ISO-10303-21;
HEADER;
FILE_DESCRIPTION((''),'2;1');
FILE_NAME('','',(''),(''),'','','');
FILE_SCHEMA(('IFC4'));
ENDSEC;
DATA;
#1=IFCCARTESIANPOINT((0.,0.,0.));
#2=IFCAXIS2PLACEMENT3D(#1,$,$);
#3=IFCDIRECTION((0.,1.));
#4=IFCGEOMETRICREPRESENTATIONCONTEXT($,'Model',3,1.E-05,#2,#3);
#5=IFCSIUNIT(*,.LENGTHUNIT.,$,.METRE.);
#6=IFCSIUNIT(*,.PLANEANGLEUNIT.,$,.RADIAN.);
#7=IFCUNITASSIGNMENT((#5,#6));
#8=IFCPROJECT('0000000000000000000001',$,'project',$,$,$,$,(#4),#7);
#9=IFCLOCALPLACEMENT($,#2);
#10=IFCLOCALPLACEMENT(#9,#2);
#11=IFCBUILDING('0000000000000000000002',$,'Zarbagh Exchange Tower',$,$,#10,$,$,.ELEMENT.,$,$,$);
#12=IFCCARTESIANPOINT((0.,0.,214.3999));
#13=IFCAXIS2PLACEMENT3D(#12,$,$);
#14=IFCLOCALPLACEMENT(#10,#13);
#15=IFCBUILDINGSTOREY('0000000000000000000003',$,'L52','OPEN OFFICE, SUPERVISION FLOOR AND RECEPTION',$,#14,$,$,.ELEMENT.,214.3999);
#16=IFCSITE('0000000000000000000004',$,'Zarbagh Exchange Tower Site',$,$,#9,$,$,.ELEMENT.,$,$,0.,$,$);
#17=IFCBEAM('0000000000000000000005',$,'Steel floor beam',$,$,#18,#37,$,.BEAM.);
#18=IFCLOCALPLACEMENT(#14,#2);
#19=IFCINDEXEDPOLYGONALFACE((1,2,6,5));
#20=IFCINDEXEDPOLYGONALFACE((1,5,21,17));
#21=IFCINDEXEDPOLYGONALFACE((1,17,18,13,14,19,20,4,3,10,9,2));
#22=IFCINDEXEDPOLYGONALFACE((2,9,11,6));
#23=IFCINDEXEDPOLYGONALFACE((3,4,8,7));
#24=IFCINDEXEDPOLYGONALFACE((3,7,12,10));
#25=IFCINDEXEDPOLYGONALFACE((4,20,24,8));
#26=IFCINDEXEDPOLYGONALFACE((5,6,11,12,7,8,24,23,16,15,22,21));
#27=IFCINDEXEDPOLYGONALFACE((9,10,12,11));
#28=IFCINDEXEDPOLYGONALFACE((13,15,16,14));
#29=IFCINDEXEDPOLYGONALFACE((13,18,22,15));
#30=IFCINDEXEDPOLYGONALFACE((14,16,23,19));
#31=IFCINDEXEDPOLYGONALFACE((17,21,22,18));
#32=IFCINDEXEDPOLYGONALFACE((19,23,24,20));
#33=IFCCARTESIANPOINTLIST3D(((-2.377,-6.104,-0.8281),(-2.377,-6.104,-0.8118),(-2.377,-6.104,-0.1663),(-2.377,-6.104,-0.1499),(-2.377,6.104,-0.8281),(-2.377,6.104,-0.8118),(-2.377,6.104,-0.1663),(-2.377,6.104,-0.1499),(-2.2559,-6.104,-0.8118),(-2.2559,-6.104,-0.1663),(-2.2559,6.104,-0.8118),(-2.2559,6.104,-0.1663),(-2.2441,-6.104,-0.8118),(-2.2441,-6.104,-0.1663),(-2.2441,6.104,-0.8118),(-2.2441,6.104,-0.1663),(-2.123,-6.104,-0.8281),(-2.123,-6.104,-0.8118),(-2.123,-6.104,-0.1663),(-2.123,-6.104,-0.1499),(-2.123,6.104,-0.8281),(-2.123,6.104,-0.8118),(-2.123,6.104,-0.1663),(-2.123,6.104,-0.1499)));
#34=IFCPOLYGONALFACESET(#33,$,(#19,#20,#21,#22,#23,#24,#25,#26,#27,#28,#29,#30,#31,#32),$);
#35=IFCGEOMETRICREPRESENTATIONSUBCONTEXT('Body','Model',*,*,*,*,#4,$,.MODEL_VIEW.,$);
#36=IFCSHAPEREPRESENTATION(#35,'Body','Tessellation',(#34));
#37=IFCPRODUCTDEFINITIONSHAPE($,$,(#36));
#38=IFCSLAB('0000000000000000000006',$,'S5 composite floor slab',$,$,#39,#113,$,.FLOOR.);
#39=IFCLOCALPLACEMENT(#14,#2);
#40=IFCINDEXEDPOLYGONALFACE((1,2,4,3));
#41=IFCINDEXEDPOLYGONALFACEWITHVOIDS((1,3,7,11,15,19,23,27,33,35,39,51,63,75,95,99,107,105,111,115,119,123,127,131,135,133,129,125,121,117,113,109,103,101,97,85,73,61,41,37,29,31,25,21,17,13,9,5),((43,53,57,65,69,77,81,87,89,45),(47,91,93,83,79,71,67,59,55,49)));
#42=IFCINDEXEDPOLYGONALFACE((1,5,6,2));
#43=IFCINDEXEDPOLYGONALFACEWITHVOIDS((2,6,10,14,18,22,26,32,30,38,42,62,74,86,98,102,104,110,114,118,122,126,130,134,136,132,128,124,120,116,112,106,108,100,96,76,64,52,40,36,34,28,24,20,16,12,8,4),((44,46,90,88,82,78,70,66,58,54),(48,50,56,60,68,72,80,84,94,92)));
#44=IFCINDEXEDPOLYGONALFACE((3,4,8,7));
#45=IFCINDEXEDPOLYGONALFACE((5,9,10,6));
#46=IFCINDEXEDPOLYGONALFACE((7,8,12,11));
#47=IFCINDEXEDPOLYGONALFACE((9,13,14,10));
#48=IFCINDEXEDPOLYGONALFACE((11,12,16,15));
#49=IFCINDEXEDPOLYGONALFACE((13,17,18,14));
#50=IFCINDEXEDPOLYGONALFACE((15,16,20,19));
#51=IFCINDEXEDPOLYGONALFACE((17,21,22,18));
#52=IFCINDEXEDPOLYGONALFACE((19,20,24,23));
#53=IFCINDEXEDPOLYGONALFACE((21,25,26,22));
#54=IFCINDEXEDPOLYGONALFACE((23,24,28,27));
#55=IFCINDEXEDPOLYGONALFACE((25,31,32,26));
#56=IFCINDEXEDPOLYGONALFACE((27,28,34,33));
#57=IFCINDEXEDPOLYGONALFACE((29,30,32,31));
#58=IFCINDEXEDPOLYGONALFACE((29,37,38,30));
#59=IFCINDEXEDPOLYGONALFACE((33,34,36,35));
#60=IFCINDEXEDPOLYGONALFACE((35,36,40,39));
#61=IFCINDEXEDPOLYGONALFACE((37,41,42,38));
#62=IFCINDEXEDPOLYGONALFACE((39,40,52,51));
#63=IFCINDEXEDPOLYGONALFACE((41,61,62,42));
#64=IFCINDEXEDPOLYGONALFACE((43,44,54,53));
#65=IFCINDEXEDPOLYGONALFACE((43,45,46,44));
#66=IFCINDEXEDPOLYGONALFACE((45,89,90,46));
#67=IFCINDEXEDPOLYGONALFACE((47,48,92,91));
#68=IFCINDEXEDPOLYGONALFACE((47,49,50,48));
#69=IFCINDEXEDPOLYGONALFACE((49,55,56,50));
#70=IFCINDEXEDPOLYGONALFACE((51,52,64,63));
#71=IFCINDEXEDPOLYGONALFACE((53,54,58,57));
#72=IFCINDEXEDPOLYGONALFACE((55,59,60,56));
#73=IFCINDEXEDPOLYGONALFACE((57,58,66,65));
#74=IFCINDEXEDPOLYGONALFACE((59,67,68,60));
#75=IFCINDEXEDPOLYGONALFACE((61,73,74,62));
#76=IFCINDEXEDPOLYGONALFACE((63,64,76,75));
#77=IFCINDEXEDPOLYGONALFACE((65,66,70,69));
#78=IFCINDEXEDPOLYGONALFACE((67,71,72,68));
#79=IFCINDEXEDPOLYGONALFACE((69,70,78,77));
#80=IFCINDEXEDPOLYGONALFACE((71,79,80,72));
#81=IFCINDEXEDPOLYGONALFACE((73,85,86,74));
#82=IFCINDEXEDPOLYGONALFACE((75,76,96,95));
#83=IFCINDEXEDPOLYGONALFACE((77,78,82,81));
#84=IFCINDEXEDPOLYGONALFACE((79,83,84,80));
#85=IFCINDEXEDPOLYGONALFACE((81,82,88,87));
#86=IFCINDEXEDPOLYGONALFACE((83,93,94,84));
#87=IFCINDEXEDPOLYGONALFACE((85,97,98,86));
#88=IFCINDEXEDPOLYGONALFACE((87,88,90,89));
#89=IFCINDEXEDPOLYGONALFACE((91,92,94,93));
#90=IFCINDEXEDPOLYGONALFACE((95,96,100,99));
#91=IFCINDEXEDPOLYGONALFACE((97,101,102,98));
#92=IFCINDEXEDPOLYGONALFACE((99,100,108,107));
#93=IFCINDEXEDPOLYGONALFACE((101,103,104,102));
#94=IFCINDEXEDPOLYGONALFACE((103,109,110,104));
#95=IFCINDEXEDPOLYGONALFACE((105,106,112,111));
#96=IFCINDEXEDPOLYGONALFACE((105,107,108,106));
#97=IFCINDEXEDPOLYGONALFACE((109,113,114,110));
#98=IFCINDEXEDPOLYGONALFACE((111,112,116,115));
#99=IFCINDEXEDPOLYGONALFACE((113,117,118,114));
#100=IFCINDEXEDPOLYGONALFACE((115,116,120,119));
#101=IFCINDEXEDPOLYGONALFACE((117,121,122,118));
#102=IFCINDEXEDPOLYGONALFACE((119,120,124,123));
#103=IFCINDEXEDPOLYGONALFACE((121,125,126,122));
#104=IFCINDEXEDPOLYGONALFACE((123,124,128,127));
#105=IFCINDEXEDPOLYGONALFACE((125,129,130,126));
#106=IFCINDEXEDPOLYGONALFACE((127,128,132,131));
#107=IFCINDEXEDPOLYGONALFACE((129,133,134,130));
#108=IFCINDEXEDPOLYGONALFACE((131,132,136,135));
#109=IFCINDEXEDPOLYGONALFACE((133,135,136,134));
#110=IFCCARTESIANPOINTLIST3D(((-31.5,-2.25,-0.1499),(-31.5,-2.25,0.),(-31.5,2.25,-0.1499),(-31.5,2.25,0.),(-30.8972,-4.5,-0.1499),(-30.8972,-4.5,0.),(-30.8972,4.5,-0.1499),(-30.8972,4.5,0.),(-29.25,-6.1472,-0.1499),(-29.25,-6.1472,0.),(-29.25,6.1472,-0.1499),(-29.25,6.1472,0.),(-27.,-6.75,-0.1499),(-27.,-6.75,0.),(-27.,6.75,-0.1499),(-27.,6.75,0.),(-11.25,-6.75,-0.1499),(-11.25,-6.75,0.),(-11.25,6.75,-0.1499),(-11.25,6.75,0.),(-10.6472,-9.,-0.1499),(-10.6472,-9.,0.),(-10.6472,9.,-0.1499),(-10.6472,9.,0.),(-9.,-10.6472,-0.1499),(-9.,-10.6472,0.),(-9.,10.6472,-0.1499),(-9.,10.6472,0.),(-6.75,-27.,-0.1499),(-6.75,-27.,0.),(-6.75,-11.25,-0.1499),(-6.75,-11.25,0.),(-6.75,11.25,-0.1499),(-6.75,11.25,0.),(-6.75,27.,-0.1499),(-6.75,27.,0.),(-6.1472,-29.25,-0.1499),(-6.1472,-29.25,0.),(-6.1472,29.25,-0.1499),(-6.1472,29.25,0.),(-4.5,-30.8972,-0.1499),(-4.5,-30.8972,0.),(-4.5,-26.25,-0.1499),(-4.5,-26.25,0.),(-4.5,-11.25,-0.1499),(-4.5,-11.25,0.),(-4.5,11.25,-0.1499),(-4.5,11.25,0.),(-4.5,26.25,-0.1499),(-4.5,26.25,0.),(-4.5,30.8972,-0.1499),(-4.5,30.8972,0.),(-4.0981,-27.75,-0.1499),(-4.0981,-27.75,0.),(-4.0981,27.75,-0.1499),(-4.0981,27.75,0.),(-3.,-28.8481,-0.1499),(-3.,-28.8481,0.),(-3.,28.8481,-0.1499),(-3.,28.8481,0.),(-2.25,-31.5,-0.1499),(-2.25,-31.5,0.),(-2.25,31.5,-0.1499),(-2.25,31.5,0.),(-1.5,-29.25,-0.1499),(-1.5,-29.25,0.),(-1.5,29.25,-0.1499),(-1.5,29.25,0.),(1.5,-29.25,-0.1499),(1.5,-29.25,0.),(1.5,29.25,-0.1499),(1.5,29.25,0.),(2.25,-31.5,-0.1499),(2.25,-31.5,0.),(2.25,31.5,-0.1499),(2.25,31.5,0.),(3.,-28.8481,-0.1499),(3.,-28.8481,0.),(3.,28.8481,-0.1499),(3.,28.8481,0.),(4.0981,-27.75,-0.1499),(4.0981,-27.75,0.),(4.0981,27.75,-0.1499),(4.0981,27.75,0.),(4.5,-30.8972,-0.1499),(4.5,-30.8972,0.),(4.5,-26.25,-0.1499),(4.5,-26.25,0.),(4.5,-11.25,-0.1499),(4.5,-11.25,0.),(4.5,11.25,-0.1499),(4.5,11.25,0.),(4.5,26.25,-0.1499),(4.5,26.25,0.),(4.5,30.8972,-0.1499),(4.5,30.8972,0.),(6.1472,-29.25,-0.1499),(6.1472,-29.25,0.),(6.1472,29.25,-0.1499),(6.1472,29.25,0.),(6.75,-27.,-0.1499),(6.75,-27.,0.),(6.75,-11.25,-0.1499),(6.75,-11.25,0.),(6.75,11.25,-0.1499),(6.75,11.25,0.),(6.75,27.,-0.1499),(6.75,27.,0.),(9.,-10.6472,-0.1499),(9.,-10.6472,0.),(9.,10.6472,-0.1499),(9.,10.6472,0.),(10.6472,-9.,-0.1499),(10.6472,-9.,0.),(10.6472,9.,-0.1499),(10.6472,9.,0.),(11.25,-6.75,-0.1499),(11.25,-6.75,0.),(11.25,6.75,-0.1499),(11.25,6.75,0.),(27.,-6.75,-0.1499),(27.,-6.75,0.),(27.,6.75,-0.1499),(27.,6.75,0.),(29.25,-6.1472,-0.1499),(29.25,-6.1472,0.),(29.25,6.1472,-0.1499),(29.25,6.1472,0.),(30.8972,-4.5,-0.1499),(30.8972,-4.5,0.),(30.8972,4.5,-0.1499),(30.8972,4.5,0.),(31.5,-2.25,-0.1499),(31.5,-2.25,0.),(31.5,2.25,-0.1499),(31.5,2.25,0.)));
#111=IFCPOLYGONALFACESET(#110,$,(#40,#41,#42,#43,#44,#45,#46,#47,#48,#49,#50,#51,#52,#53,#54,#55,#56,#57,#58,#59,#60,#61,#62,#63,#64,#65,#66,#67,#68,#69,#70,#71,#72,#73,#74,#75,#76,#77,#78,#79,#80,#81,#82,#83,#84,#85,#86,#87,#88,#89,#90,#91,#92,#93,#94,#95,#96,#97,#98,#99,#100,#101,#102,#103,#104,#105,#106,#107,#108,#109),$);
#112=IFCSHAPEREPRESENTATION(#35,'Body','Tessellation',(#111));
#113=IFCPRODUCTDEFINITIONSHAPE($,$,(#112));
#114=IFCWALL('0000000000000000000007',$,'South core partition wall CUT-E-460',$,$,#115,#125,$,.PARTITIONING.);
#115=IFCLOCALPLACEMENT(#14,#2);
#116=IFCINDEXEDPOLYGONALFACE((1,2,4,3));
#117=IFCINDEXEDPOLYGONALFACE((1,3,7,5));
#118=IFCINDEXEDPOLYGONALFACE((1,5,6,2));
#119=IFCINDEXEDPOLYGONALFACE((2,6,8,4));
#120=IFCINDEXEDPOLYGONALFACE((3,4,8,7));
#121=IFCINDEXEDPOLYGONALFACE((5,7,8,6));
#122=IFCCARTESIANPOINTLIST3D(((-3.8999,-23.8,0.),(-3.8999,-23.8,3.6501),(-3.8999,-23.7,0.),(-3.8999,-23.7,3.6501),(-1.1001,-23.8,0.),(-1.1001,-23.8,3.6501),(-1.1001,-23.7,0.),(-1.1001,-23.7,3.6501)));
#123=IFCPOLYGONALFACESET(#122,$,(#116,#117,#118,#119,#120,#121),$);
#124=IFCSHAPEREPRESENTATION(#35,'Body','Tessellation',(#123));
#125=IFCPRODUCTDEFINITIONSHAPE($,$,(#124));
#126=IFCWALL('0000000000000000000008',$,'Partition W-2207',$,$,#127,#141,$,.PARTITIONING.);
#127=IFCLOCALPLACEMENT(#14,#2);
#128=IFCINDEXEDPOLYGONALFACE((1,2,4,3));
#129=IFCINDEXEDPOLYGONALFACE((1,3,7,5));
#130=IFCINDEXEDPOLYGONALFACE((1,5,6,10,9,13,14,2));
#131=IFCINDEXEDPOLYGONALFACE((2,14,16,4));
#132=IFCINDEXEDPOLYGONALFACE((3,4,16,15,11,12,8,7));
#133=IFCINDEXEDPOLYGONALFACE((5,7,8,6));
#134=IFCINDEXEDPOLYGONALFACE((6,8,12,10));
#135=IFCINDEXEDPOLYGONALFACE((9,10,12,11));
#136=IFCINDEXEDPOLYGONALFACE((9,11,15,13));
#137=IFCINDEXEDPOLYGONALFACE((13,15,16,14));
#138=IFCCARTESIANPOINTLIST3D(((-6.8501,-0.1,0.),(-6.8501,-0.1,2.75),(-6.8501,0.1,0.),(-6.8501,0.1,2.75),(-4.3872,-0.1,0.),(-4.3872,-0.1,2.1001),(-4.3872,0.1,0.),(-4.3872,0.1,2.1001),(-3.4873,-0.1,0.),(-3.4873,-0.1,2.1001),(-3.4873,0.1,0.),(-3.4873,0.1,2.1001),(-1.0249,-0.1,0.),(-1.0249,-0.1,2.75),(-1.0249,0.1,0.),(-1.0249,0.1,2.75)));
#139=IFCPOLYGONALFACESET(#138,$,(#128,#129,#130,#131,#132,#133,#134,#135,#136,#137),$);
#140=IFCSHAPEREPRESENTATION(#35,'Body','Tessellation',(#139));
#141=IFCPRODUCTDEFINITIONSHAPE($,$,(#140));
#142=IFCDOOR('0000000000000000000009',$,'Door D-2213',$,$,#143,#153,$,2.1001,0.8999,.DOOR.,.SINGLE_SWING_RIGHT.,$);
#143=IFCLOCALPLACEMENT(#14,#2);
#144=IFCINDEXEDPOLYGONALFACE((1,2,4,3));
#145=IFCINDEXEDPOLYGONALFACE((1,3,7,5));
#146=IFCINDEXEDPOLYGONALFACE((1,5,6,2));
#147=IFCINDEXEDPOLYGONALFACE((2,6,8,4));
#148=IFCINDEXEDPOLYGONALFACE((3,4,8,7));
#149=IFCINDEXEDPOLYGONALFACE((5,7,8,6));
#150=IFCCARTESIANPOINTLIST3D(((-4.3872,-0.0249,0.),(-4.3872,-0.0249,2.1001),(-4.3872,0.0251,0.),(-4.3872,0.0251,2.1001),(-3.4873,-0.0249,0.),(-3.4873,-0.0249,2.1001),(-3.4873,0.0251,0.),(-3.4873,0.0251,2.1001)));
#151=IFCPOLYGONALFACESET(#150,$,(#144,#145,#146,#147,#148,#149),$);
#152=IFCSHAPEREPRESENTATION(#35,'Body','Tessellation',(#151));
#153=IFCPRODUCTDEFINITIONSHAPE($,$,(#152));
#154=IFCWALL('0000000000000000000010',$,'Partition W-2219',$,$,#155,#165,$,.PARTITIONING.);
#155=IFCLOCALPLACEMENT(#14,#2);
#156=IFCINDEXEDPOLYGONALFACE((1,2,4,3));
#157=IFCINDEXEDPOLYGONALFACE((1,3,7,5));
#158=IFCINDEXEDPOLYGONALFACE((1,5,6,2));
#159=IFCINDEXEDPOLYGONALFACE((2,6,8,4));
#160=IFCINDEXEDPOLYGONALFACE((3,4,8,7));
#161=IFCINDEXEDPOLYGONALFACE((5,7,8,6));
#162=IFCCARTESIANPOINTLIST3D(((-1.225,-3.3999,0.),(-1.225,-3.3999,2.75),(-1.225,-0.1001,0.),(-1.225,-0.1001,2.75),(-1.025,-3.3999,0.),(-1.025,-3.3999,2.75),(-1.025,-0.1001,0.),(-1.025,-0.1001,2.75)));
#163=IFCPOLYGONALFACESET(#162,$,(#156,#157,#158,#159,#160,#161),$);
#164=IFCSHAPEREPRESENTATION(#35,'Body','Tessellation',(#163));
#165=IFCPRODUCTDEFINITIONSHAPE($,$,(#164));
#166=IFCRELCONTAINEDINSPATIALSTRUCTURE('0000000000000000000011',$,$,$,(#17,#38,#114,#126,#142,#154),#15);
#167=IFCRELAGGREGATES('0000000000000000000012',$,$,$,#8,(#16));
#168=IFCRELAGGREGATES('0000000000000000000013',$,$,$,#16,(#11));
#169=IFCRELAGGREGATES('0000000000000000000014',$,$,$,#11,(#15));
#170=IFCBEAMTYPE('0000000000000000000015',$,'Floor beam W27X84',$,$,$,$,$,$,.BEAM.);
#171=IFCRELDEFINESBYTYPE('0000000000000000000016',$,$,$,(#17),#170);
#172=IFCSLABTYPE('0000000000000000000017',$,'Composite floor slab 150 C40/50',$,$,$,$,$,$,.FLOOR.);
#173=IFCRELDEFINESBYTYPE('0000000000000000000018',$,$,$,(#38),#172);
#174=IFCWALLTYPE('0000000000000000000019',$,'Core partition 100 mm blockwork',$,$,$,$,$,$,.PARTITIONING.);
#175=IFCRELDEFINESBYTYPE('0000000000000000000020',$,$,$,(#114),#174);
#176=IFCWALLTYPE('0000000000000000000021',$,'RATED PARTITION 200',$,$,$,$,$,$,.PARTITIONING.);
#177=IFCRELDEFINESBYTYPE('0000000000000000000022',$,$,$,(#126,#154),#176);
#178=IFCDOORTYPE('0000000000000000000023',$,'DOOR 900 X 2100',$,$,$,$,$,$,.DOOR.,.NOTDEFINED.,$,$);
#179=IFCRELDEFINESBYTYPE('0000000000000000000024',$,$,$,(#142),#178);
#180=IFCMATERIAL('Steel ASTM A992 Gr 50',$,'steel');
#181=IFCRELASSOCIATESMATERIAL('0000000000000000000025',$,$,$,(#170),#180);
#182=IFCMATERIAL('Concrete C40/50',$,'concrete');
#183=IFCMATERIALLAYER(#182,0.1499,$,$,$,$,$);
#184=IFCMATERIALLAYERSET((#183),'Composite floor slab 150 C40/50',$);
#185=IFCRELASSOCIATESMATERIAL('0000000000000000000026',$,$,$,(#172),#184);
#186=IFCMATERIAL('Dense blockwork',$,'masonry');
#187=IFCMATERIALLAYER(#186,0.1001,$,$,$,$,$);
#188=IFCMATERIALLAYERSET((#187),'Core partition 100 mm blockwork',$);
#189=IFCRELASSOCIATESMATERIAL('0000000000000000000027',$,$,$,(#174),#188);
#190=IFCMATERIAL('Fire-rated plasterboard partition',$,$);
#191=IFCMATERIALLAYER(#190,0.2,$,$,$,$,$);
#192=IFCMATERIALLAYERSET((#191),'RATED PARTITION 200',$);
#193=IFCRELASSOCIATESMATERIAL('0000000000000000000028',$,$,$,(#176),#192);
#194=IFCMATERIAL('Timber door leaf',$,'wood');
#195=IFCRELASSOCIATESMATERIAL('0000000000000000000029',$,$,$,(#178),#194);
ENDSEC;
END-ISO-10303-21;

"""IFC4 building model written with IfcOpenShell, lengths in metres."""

from ifc_helpers import new_model, si_unit, direction, frame, frame_2d, origin, origin_2d, place, context, subcontext, project, spatial, polyline, rectangle, i_section, outline, extrude, material, layer, layer_set, material_profile, profile_set, type_object, element, fill, save


model = new_model("IFC4")

# Units and contexts
model_context = context("Model", 3, precision=1e-05, world=origin(), true_north=direction((0.0, 1.0)))
body_context = subcontext(model_context, "Body", "Model", "MODEL_VIEW")
ifc_project = project(units=[si_unit("LENGTHUNIT", "METRE"), si_unit("PLANEANGLEUNIT", "RADIAN")], contexts=[model_context])

# Site, building, storey
site_placement = place(None, origin())
site = spatial("IfcSite", under=ifc_project, at=site_placement, Name="Zarbagh Exchange Tower Site", CompositionType="ELEMENT", RefElevation=0.0)
building_placement = place(site_placement, origin())
building = spatial("IfcBuilding", under=site, at=building_placement, Name="Zarbagh Exchange Tower", CompositionType="ELEMENT")
storey_placement = place(building_placement, frame((0.0, 0.0, 214.3999)))
storey = spatial("IfcBuildingStorey", under=building, at=storey_placement, Name="L52", Description="OPEN OFFICE, SUPERVISION FLOOR AND RECEPTION", CompositionType="ELEMENT", Elevation=214.3999)

# Beam
ifc_material_1 = material(Name="Steel ASTM A992 Gr 50", Category="steel")
ifc_material_profile = material_profile(ifc_material_1, i_section(OverallWidth=0.2539, OverallDepth=0.6782, WebThickness=0.0117, FlangeThickness=0.0164, at=origin_2d()), Name="W27X84")
ifc_profile_set = profile_set([ifc_material_profile], Name="Steel ASTM A992 Gr 50")
beam_type = type_object("IfcBeamType", Name="Floor beam W27X84", PredefinedType="BEAM", material=ifc_profile_set)
beam_placement = place(storey_placement, frame((-2.25, -6.104, -0.489), z_axis=(0.0, 1.0, 0.0), x_axis=(-1.0, 0.0, 0.0)))
element("IfcBeam", 1, at=beam_placement, inside=storey, type_object=beam_type, Name="Steel floor beam", PredefinedType="BEAM", context=body_context, shape_type="SweptSolid", body=[
    extrude(i_section(OverallWidth=0.2539, OverallDepth=0.6782, WebThickness=0.0117, FlangeThickness=0.0164, at=origin_2d()), origin(), (0.0, 0.0, 1.0), 12.208),
])

# Slab
ifc_material_2 = material(Name="Concrete C40/50", Category="concrete")
ifc_layer_1 = layer(ifc_material_2, 0.1499)
ifc_layer_set_1 = layer_set([ifc_layer_1], Name="Composite floor slab 150 C40/50")
slab_type = type_object("IfcSlabType", Name="Composite floor slab 150 C40/50", PredefinedType="FLOOR", material=ifc_layer_set_1)
slab_placement = place(storey_placement, frame((0.0, 0.0, -0.1499)))
element("IfcSlab", 2, at=slab_placement, inside=storey, type_object=slab_type, Name="S5 composite floor slab", PredefinedType="FLOOR", context=body_context, shape_type="SweptSolid", body=[
    extrude(outline(polyline([(-2.25, -31.5), (-4.5, -30.8972), (-6.1472, -29.25), (-6.75, -27.0), (-6.75, -11.25), (-9.0, -10.6472), (-10.6472, -9.0), (-11.25, -6.75), (-27.0, -6.75), (-29.25, -6.1472), (-30.8972, -4.5), (-31.5, -2.25), (-31.5, 2.25), (-30.8972, 4.5), (-29.25, 6.1472), (-27.0, 6.75), (-11.25, 6.75), (-10.6472, 9.0), (-9.0, 10.6472), (-6.75, 11.25), (-6.75, 27.0), (-6.1472, 29.25), (-4.5, 30.8972), (-2.25, 31.5), (2.25, 31.5), (4.5, 30.8972), (6.1472, 29.25), (6.75, 27.0), (6.75, 11.25), (9.0, 10.6472), (10.6472, 9.0), (11.25, 6.75), (27.0, 6.75), (29.25, 6.1472), (30.8972, 4.5), (31.5, 2.25), (31.5, -2.25), (30.8972, -4.5), (29.25, -6.1472), (27.0, -6.75), (11.25, -6.75), (10.6472, -9.0), (9.0, -10.6472), (6.75, -11.25), (6.75, -27.0), (6.1472, -29.25), (4.5, -30.8972), (2.25, -31.5), (-2.25, -31.5)]), holes=[polyline([(4.5, 11.25), (4.5, 26.25), (4.0981, 27.75), (3.0, 28.8481), (1.5, 29.25), (-1.5, 29.25), (-3.0, 28.8481), (-4.0981, 27.75), (-4.5, 26.25), (-4.5, 11.25), (4.5, 11.25)]), polyline([(-1.5, -29.25), (1.5, -29.25), (3.0, -28.8481), (4.0981, -27.75), (4.5, -26.25), (4.5, -11.25), (-4.5, -11.25), (-4.5, -26.25), (-4.0981, -27.75), (-3.0, -28.8481), (-1.5, -29.25)])]), origin(), (0.0, 0.0, 1.0), 0.1499),
])

# Wall
ifc_material_3 = material(Name="Dense blockwork", Category="masonry")
ifc_layer_2 = layer(ifc_material_3, 0.1001)
ifc_layer_set_2 = layer_set([ifc_layer_2], Name="Core partition 100 mm blockwork")
wall_type_1 = type_object("IfcWallType", Name="Core partition 100 mm blockwork", PredefinedType="PARTITIONING", material=ifc_layer_set_2)
wall_1_placement = place(storey_placement, frame((-1.1001, -23.75, 0.0), z_axis=(0.0, 0.0, 1.0), x_axis=(-1.0, 0.0, 0.0)))
element("IfcWall", 3, at=wall_1_placement, inside=storey, type_object=wall_type_1, Name="South core partition wall CUT-E-460", PredefinedType="PARTITIONING", context=body_context, shape_type="SweptSolid", body=[
    extrude(rectangle(XDim=2.7998, YDim=0.1001, at=frame_2d((1.3999, 0.0))), origin(), (0.0, 0.0, 1.0), 3.6501),
])

# Wall, opening, door
ifc_material_4 = material(Name="Fire-rated plasterboard partition")
ifc_layer_3 = layer(ifc_material_4, 0.2)
ifc_layer_set_3 = layer_set([ifc_layer_3], Name="RATED PARTITION 200")
wall_type_2 = type_object("IfcWallType", Name="RATED PARTITION 200", PredefinedType="PARTITIONING", material=ifc_layer_set_3)
wall_2_placement = place(storey_placement, frame((-1.0249, 0.0, 0.0), z_axis=(0.0, 0.0, 1.0), x_axis=(-1.0, 0.0, 0.0)))
wall_2 = element("IfcWall", 4, at=wall_2_placement, inside=storey, type_object=wall_type_2, Name="Partition W-2207", PredefinedType="PARTITIONING", context=body_context, shape_type="SweptSolid", body=[
    extrude(rectangle(XDim=5.8252, YDim=0.2, at=frame_2d((2.9126, 0.0))), origin(), (0.0, 0.0, 1.0), 2.75),
])
opening_1_placement = place(wall_2_placement, frame((2.4624, 0.0, 0.0)))
opening_1 = element("IfcOpeningElement", 5, at=opening_1_placement, cuts=wall_2, PredefinedType="OPENING", context=body_context, shape_type="SweptSolid", body=[
    extrude(rectangle(XDim=0.8999, YDim=2.1001, at=frame_2d((0.45, 1.05))), frame((0.0, 0.1099, 0.0), z_axis=(0.0, -1.0, 0.0), x_axis=(1.0, 0.0, 0.0)), (0.0, 0.0, 1.0), 0.22),
])
ifc_material_5 = material(Name="Timber door leaf", Category="wood")
door_type_1 = type_object("IfcDoorType", Name="DOOR 900 X 2100", OperationType="NOTDEFINED", PredefinedType="DOOR", material=ifc_material_5)
door_1_placement = place(opening_1_placement, origin())
door_1 = element("IfcDoor", 6, at=door_1_placement, inside=storey, type_object=door_type_1, Name="Door D-2213", OperationType="SINGLE_SWING_RIGHT", OverallHeight=2.1001, OverallWidth=0.8999, PredefinedType="DOOR", context=body_context, shape_type="SweptSolid", body=[
    extrude(rectangle(XDim=0.8999, YDim=2.1001, at=frame_2d((0.45, 1.05))), frame((0.0, 0.0249, 0.0), z_axis=(0.0, -1.0, 0.0), x_axis=(1.0, 0.0, 0.0)), (0.0, 0.0, 1.0), 0.05),
])
fill(opening_1, door_1)

# Wall
wall_3_placement = place(storey_placement, frame((-1.125, -3.3999, 0.0), z_axis=(0.0, 0.0, 1.0), x_axis=(0.0, 1.0, 0.0)))
element("IfcWall", 7, at=wall_3_placement, inside=storey, type_object=wall_type_2, Name="Partition W-2219", PredefinedType="PARTITIONING", context=body_context, shape_type="SweptSolid", body=[
    extrude(rectangle(XDim=3.2998, YDim=0.2, at=frame_2d((1.6499, 0.0))), origin(), (0.0, 0.0, 1.0), 2.75),
])

save(model, "model.ifc")
